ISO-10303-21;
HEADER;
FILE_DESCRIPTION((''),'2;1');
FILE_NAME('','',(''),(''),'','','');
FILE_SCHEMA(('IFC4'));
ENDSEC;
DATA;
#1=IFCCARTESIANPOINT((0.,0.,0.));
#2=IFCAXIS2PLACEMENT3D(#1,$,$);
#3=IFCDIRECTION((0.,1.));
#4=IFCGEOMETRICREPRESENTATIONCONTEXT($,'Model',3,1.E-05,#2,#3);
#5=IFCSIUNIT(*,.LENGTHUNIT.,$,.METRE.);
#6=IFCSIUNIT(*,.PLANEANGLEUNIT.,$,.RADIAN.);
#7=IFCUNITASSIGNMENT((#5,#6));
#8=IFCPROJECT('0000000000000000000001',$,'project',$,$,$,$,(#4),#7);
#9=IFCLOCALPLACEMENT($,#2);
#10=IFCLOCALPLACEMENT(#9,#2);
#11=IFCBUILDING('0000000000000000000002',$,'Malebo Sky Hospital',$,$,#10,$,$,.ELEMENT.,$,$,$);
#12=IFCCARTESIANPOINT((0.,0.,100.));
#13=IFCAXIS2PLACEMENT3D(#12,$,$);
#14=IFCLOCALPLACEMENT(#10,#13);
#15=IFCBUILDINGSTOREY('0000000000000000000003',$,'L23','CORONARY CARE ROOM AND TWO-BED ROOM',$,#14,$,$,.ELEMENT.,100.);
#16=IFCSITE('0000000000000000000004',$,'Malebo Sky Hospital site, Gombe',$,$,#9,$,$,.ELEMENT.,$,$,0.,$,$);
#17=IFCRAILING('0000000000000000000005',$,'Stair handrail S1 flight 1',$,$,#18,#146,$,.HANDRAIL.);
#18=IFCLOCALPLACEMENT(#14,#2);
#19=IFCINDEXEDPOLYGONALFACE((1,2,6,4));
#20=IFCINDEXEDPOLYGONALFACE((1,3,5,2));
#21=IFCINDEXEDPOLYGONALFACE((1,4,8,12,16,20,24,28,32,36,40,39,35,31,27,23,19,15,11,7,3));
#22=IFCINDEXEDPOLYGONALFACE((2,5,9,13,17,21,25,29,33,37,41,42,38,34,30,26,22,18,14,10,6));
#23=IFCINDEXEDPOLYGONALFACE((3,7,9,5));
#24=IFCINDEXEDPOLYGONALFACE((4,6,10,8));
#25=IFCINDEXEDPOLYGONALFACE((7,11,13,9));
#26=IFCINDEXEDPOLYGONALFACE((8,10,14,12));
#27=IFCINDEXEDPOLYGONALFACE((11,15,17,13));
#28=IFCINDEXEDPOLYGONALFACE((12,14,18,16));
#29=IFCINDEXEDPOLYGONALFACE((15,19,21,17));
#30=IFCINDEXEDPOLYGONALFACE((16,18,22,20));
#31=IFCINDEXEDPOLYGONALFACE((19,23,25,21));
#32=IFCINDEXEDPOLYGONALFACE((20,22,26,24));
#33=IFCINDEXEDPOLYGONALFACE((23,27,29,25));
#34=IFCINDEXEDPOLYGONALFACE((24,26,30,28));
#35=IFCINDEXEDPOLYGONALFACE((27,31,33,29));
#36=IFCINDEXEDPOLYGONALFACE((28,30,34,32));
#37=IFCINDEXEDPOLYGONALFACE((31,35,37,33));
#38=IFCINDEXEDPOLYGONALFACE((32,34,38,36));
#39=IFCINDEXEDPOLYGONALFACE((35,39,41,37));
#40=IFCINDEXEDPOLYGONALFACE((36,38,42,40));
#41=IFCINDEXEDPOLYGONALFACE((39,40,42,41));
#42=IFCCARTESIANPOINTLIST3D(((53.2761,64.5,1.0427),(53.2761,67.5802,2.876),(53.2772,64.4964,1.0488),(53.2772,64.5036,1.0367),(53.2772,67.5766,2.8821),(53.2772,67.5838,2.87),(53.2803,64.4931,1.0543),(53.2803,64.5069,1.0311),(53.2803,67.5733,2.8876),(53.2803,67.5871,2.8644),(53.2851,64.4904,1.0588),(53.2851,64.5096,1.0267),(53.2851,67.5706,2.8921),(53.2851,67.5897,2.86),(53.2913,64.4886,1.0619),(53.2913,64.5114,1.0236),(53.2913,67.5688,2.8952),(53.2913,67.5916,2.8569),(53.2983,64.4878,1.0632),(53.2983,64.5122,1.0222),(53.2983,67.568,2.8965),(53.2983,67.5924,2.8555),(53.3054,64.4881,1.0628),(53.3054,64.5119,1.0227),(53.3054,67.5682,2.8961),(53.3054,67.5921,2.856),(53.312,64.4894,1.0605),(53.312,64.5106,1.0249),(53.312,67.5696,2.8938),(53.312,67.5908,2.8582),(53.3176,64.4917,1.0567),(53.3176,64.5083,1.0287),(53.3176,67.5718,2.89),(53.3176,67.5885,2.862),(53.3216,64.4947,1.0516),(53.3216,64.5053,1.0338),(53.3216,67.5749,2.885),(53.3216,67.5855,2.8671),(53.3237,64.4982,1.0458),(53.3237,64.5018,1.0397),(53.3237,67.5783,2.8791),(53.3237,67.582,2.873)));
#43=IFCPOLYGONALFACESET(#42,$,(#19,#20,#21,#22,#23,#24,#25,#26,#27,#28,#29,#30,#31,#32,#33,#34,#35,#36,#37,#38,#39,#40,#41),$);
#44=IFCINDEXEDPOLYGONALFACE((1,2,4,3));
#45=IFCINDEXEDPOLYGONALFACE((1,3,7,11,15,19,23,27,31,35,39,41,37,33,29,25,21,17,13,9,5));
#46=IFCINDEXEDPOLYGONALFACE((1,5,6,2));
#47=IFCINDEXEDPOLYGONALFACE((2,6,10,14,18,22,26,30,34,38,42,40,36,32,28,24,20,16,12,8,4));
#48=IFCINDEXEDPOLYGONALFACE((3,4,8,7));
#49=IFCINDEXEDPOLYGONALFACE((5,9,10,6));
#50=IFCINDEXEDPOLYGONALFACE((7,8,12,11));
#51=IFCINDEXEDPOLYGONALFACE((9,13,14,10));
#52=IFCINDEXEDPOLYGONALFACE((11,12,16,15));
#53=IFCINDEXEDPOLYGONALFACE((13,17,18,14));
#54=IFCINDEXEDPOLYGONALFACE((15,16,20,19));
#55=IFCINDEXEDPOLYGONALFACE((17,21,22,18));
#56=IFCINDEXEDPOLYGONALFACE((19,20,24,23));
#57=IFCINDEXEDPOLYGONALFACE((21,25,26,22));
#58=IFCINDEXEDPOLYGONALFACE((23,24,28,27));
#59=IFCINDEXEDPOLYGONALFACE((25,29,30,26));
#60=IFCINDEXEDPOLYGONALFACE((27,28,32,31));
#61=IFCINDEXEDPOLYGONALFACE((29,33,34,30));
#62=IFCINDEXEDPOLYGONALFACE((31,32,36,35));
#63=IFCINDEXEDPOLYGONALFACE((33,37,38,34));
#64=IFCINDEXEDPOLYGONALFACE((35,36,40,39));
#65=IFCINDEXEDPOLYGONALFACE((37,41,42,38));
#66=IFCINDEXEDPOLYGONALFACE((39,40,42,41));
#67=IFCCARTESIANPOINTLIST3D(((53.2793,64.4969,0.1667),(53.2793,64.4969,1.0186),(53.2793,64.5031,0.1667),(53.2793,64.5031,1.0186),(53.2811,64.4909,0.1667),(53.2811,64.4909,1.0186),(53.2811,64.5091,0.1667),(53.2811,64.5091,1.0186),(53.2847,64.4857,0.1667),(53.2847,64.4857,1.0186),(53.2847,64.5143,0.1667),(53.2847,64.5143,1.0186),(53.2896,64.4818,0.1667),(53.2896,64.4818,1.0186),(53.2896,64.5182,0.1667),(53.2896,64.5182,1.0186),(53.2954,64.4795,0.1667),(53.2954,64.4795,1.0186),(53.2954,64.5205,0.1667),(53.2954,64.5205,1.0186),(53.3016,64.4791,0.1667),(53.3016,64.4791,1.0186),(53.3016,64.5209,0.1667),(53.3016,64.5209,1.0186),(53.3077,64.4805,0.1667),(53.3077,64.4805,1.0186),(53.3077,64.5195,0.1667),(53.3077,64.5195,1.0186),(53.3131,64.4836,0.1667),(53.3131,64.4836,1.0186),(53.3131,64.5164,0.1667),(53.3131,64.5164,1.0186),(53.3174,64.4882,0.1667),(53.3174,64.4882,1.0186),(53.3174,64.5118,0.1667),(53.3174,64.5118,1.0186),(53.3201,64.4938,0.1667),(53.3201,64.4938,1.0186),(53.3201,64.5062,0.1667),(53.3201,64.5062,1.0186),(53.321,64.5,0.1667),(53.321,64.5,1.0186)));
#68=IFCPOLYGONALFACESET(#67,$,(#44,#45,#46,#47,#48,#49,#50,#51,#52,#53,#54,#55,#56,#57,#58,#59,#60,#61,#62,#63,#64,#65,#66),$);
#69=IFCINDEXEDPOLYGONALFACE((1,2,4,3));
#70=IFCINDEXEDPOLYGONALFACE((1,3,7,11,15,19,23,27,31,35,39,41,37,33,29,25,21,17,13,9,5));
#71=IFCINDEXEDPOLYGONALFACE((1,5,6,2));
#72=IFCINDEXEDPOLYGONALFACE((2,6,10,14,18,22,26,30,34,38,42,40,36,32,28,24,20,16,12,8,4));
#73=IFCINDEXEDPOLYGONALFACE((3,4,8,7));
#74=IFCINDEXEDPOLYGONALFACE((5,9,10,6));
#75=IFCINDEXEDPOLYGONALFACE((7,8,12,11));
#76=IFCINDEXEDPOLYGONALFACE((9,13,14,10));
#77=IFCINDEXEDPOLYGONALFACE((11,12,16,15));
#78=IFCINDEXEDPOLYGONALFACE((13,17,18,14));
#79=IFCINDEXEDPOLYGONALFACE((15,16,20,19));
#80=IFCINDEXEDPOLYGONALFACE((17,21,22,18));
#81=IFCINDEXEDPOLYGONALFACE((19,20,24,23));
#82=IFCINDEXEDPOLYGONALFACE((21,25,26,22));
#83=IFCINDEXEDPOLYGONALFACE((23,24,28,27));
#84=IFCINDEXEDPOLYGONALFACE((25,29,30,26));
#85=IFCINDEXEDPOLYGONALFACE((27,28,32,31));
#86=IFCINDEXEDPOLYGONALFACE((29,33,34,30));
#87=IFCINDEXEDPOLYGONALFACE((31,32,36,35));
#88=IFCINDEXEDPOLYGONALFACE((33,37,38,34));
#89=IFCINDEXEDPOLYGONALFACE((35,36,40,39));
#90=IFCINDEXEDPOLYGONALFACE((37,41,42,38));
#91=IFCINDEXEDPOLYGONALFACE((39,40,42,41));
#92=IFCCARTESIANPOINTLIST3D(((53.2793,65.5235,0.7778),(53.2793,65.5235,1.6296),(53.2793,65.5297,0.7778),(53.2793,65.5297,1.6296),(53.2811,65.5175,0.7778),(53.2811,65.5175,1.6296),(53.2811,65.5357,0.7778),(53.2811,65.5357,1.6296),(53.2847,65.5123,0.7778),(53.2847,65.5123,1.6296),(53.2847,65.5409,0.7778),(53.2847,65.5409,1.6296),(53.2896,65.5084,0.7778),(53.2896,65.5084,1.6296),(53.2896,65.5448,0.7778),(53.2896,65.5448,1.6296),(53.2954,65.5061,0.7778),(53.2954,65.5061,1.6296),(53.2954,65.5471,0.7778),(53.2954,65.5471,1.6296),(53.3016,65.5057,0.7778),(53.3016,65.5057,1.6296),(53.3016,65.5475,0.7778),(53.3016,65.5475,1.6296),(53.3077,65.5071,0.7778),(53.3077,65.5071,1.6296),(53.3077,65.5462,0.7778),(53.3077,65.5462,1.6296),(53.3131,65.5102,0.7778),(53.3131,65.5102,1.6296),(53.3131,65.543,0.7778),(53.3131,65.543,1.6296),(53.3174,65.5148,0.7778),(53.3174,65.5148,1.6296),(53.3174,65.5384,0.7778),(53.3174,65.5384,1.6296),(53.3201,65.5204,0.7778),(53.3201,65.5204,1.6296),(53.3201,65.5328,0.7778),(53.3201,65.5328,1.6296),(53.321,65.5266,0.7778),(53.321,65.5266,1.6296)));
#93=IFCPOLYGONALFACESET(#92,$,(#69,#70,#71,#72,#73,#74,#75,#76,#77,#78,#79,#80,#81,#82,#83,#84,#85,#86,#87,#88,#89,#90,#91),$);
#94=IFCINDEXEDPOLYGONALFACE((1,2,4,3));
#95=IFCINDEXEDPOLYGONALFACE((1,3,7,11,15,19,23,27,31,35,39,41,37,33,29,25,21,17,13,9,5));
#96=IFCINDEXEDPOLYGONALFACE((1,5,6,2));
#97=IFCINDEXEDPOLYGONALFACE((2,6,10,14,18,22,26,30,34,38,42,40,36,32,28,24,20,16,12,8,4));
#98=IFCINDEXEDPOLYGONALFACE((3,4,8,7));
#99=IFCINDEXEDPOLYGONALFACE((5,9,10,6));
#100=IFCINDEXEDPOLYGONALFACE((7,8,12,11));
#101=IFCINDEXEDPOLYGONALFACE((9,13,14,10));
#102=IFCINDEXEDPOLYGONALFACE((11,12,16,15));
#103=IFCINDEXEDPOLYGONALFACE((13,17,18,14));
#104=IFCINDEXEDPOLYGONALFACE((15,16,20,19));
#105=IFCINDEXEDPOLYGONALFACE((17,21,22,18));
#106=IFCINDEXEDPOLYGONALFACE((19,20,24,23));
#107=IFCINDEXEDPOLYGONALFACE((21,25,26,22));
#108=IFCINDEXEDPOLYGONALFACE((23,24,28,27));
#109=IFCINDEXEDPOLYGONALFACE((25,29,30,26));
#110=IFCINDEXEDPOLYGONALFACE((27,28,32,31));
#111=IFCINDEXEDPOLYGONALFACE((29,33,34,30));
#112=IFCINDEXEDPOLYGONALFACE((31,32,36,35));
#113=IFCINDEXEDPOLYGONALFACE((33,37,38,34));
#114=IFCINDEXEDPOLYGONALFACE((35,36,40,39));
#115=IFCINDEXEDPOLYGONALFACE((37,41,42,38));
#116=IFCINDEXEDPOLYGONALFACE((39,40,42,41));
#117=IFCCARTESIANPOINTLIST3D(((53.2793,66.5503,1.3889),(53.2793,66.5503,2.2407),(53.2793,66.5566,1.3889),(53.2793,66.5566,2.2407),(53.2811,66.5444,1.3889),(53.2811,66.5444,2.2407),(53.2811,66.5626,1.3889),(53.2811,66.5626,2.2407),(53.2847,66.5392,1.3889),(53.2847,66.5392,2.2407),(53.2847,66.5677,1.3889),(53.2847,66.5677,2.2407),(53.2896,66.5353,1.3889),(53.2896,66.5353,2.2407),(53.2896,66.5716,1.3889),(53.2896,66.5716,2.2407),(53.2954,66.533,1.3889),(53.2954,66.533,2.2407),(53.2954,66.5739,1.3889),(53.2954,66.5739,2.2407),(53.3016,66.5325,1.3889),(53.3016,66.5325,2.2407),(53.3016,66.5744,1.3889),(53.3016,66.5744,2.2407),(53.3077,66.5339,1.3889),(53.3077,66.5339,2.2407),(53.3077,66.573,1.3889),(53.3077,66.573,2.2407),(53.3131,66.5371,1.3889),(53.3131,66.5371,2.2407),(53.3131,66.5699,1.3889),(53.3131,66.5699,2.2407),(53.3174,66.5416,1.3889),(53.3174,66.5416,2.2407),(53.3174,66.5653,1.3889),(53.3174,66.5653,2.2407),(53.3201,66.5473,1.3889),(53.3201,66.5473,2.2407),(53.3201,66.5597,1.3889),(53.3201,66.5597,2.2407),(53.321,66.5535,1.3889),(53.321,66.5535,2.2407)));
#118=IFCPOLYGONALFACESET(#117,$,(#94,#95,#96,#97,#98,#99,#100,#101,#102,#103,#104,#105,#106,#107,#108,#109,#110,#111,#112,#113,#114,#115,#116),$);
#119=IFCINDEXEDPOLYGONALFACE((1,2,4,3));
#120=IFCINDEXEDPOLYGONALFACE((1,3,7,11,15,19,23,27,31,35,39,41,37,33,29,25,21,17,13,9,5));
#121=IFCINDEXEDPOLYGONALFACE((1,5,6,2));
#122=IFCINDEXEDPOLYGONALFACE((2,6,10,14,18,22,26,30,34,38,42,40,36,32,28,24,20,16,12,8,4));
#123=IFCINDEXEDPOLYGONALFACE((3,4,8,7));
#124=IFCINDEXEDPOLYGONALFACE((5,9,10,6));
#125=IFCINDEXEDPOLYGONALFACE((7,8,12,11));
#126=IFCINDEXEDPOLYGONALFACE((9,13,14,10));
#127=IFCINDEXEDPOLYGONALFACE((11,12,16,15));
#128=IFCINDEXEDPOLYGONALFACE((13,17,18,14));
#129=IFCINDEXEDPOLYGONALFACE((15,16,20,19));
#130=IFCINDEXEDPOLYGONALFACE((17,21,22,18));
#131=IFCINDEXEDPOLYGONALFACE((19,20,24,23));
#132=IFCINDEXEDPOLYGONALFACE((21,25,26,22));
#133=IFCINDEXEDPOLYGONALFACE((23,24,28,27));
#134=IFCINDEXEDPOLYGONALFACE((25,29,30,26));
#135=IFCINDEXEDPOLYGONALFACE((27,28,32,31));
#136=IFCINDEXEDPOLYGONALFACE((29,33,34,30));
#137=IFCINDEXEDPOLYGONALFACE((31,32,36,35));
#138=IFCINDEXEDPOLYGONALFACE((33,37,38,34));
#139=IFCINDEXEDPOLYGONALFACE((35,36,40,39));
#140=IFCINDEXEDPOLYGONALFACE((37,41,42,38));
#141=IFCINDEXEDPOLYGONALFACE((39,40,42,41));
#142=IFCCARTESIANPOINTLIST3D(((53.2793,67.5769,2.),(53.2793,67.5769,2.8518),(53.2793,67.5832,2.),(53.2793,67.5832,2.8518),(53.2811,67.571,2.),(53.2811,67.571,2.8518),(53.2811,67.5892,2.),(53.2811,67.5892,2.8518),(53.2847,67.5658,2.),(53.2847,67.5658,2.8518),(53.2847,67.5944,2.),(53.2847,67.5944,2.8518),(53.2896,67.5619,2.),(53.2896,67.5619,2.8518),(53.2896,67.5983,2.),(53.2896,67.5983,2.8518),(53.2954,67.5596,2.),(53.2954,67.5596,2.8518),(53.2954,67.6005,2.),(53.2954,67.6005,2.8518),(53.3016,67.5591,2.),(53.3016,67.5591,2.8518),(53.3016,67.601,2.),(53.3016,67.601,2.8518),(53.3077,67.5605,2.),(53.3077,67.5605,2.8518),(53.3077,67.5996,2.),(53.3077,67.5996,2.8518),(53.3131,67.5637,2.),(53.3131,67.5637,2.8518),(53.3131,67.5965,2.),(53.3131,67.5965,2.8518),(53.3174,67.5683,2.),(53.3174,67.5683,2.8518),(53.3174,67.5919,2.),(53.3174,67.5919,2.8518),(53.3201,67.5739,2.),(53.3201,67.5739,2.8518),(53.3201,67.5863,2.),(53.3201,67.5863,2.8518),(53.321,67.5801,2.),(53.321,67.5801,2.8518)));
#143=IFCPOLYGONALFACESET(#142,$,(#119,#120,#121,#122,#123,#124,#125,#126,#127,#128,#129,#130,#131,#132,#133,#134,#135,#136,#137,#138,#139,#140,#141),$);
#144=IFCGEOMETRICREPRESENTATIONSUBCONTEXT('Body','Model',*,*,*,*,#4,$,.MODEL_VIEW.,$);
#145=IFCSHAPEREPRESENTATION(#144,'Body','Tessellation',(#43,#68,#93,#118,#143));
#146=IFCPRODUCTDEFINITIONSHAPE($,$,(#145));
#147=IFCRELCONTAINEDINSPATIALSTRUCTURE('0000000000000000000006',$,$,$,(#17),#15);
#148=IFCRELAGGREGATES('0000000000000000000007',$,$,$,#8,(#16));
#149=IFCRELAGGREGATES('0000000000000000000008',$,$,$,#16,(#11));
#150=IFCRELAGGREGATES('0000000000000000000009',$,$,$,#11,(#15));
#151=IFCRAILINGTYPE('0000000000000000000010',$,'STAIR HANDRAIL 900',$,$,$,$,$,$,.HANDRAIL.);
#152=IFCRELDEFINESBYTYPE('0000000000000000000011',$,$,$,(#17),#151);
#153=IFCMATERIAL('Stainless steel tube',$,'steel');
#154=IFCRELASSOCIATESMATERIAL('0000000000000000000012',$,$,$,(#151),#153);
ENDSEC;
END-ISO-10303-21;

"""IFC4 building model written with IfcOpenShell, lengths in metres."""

from ifc_helpers import new_model, si_unit, direction, frame, origin, origin_2d, place, context, subcontext, project, spatial, circle, extrude, material, type_object, element, save


model = new_model("IFC4")

# Units and contexts
model_context = context("Model", 3, precision=1e-05, world=origin(), true_north=direction((0.0, 1.0)))
body_context = subcontext(model_context, "Body", "Model", "MODEL_VIEW")
ifc_project = project(units=[si_unit("LENGTHUNIT", "METRE"), si_unit("PLANEANGLEUNIT", "RADIAN")], contexts=[model_context])

# Site, building, storey
site_placement = place(None, origin())
site = spatial("IfcSite", under=ifc_project, at=site_placement, Name="Malebo Sky Hospital site, Gombe", CompositionType="ELEMENT", RefElevation=0.0)
building_placement = place(site_placement, origin())
building = spatial("IfcBuilding", under=site, at=building_placement, Name="Malebo Sky Hospital", CompositionType="ELEMENT")
storey_placement = place(building_placement, frame((0.0, 0.0, 100.0)))
storey = spatial("IfcBuildingStorey", under=building, at=storey_placement, Name="L23", Description="CORONARY CARE ROOM AND TWO-BED ROOM", CompositionType="ELEMENT", Elevation=100.0)

# Railing
ifc_material_1 = material(Name="Stainless steel tube", Category="steel")
railing_type = type_object("IfcRailingType", Name="STAIR HANDRAIL 900", PredefinedType="HANDRAIL", material=ifc_material_1)
railing_1_placement = place(storey_placement, frame((53.3, 64.5, 0.1667)))
element("IfcRailing", 1, at=railing_1_placement, inside=storey, type_object=railing_type, Name="Stair handrail S1 flight 1", PredefinedType="HANDRAIL", context=body_context, shape_type="SweptSolid", body=[
    extrude(circle(Radius=0.0239, at=origin_2d()), frame((0.0, 0.0, 0.876), z_axis=(0.0, 0.859309, 0.511458), x_axis=(-1.0, 0.0, 0.0)), (0.0, 0.0, 1.0), 3.5845),
    extrude(circle(Radius=0.021, at=origin_2d()), origin(), (0.0, 0.0, 1.0), 0.8518),
    extrude(circle(Radius=0.021, at=origin_2d()), frame((0.0, 1.0266, 0.6111)), (0.0, 0.0, 1.0), 0.8518),
    extrude(circle(Radius=0.021, at=origin_2d()), frame((0.0, 2.0535, 1.2222)), (0.0, 0.0, 1.0), 0.8518),
    extrude(circle(Radius=0.021, at=origin_2d()), frame((0.0, 3.0801, 1.8333)), (0.0, 0.0, 1.0), 0.8518),
])

save(model, "model.ifc")
